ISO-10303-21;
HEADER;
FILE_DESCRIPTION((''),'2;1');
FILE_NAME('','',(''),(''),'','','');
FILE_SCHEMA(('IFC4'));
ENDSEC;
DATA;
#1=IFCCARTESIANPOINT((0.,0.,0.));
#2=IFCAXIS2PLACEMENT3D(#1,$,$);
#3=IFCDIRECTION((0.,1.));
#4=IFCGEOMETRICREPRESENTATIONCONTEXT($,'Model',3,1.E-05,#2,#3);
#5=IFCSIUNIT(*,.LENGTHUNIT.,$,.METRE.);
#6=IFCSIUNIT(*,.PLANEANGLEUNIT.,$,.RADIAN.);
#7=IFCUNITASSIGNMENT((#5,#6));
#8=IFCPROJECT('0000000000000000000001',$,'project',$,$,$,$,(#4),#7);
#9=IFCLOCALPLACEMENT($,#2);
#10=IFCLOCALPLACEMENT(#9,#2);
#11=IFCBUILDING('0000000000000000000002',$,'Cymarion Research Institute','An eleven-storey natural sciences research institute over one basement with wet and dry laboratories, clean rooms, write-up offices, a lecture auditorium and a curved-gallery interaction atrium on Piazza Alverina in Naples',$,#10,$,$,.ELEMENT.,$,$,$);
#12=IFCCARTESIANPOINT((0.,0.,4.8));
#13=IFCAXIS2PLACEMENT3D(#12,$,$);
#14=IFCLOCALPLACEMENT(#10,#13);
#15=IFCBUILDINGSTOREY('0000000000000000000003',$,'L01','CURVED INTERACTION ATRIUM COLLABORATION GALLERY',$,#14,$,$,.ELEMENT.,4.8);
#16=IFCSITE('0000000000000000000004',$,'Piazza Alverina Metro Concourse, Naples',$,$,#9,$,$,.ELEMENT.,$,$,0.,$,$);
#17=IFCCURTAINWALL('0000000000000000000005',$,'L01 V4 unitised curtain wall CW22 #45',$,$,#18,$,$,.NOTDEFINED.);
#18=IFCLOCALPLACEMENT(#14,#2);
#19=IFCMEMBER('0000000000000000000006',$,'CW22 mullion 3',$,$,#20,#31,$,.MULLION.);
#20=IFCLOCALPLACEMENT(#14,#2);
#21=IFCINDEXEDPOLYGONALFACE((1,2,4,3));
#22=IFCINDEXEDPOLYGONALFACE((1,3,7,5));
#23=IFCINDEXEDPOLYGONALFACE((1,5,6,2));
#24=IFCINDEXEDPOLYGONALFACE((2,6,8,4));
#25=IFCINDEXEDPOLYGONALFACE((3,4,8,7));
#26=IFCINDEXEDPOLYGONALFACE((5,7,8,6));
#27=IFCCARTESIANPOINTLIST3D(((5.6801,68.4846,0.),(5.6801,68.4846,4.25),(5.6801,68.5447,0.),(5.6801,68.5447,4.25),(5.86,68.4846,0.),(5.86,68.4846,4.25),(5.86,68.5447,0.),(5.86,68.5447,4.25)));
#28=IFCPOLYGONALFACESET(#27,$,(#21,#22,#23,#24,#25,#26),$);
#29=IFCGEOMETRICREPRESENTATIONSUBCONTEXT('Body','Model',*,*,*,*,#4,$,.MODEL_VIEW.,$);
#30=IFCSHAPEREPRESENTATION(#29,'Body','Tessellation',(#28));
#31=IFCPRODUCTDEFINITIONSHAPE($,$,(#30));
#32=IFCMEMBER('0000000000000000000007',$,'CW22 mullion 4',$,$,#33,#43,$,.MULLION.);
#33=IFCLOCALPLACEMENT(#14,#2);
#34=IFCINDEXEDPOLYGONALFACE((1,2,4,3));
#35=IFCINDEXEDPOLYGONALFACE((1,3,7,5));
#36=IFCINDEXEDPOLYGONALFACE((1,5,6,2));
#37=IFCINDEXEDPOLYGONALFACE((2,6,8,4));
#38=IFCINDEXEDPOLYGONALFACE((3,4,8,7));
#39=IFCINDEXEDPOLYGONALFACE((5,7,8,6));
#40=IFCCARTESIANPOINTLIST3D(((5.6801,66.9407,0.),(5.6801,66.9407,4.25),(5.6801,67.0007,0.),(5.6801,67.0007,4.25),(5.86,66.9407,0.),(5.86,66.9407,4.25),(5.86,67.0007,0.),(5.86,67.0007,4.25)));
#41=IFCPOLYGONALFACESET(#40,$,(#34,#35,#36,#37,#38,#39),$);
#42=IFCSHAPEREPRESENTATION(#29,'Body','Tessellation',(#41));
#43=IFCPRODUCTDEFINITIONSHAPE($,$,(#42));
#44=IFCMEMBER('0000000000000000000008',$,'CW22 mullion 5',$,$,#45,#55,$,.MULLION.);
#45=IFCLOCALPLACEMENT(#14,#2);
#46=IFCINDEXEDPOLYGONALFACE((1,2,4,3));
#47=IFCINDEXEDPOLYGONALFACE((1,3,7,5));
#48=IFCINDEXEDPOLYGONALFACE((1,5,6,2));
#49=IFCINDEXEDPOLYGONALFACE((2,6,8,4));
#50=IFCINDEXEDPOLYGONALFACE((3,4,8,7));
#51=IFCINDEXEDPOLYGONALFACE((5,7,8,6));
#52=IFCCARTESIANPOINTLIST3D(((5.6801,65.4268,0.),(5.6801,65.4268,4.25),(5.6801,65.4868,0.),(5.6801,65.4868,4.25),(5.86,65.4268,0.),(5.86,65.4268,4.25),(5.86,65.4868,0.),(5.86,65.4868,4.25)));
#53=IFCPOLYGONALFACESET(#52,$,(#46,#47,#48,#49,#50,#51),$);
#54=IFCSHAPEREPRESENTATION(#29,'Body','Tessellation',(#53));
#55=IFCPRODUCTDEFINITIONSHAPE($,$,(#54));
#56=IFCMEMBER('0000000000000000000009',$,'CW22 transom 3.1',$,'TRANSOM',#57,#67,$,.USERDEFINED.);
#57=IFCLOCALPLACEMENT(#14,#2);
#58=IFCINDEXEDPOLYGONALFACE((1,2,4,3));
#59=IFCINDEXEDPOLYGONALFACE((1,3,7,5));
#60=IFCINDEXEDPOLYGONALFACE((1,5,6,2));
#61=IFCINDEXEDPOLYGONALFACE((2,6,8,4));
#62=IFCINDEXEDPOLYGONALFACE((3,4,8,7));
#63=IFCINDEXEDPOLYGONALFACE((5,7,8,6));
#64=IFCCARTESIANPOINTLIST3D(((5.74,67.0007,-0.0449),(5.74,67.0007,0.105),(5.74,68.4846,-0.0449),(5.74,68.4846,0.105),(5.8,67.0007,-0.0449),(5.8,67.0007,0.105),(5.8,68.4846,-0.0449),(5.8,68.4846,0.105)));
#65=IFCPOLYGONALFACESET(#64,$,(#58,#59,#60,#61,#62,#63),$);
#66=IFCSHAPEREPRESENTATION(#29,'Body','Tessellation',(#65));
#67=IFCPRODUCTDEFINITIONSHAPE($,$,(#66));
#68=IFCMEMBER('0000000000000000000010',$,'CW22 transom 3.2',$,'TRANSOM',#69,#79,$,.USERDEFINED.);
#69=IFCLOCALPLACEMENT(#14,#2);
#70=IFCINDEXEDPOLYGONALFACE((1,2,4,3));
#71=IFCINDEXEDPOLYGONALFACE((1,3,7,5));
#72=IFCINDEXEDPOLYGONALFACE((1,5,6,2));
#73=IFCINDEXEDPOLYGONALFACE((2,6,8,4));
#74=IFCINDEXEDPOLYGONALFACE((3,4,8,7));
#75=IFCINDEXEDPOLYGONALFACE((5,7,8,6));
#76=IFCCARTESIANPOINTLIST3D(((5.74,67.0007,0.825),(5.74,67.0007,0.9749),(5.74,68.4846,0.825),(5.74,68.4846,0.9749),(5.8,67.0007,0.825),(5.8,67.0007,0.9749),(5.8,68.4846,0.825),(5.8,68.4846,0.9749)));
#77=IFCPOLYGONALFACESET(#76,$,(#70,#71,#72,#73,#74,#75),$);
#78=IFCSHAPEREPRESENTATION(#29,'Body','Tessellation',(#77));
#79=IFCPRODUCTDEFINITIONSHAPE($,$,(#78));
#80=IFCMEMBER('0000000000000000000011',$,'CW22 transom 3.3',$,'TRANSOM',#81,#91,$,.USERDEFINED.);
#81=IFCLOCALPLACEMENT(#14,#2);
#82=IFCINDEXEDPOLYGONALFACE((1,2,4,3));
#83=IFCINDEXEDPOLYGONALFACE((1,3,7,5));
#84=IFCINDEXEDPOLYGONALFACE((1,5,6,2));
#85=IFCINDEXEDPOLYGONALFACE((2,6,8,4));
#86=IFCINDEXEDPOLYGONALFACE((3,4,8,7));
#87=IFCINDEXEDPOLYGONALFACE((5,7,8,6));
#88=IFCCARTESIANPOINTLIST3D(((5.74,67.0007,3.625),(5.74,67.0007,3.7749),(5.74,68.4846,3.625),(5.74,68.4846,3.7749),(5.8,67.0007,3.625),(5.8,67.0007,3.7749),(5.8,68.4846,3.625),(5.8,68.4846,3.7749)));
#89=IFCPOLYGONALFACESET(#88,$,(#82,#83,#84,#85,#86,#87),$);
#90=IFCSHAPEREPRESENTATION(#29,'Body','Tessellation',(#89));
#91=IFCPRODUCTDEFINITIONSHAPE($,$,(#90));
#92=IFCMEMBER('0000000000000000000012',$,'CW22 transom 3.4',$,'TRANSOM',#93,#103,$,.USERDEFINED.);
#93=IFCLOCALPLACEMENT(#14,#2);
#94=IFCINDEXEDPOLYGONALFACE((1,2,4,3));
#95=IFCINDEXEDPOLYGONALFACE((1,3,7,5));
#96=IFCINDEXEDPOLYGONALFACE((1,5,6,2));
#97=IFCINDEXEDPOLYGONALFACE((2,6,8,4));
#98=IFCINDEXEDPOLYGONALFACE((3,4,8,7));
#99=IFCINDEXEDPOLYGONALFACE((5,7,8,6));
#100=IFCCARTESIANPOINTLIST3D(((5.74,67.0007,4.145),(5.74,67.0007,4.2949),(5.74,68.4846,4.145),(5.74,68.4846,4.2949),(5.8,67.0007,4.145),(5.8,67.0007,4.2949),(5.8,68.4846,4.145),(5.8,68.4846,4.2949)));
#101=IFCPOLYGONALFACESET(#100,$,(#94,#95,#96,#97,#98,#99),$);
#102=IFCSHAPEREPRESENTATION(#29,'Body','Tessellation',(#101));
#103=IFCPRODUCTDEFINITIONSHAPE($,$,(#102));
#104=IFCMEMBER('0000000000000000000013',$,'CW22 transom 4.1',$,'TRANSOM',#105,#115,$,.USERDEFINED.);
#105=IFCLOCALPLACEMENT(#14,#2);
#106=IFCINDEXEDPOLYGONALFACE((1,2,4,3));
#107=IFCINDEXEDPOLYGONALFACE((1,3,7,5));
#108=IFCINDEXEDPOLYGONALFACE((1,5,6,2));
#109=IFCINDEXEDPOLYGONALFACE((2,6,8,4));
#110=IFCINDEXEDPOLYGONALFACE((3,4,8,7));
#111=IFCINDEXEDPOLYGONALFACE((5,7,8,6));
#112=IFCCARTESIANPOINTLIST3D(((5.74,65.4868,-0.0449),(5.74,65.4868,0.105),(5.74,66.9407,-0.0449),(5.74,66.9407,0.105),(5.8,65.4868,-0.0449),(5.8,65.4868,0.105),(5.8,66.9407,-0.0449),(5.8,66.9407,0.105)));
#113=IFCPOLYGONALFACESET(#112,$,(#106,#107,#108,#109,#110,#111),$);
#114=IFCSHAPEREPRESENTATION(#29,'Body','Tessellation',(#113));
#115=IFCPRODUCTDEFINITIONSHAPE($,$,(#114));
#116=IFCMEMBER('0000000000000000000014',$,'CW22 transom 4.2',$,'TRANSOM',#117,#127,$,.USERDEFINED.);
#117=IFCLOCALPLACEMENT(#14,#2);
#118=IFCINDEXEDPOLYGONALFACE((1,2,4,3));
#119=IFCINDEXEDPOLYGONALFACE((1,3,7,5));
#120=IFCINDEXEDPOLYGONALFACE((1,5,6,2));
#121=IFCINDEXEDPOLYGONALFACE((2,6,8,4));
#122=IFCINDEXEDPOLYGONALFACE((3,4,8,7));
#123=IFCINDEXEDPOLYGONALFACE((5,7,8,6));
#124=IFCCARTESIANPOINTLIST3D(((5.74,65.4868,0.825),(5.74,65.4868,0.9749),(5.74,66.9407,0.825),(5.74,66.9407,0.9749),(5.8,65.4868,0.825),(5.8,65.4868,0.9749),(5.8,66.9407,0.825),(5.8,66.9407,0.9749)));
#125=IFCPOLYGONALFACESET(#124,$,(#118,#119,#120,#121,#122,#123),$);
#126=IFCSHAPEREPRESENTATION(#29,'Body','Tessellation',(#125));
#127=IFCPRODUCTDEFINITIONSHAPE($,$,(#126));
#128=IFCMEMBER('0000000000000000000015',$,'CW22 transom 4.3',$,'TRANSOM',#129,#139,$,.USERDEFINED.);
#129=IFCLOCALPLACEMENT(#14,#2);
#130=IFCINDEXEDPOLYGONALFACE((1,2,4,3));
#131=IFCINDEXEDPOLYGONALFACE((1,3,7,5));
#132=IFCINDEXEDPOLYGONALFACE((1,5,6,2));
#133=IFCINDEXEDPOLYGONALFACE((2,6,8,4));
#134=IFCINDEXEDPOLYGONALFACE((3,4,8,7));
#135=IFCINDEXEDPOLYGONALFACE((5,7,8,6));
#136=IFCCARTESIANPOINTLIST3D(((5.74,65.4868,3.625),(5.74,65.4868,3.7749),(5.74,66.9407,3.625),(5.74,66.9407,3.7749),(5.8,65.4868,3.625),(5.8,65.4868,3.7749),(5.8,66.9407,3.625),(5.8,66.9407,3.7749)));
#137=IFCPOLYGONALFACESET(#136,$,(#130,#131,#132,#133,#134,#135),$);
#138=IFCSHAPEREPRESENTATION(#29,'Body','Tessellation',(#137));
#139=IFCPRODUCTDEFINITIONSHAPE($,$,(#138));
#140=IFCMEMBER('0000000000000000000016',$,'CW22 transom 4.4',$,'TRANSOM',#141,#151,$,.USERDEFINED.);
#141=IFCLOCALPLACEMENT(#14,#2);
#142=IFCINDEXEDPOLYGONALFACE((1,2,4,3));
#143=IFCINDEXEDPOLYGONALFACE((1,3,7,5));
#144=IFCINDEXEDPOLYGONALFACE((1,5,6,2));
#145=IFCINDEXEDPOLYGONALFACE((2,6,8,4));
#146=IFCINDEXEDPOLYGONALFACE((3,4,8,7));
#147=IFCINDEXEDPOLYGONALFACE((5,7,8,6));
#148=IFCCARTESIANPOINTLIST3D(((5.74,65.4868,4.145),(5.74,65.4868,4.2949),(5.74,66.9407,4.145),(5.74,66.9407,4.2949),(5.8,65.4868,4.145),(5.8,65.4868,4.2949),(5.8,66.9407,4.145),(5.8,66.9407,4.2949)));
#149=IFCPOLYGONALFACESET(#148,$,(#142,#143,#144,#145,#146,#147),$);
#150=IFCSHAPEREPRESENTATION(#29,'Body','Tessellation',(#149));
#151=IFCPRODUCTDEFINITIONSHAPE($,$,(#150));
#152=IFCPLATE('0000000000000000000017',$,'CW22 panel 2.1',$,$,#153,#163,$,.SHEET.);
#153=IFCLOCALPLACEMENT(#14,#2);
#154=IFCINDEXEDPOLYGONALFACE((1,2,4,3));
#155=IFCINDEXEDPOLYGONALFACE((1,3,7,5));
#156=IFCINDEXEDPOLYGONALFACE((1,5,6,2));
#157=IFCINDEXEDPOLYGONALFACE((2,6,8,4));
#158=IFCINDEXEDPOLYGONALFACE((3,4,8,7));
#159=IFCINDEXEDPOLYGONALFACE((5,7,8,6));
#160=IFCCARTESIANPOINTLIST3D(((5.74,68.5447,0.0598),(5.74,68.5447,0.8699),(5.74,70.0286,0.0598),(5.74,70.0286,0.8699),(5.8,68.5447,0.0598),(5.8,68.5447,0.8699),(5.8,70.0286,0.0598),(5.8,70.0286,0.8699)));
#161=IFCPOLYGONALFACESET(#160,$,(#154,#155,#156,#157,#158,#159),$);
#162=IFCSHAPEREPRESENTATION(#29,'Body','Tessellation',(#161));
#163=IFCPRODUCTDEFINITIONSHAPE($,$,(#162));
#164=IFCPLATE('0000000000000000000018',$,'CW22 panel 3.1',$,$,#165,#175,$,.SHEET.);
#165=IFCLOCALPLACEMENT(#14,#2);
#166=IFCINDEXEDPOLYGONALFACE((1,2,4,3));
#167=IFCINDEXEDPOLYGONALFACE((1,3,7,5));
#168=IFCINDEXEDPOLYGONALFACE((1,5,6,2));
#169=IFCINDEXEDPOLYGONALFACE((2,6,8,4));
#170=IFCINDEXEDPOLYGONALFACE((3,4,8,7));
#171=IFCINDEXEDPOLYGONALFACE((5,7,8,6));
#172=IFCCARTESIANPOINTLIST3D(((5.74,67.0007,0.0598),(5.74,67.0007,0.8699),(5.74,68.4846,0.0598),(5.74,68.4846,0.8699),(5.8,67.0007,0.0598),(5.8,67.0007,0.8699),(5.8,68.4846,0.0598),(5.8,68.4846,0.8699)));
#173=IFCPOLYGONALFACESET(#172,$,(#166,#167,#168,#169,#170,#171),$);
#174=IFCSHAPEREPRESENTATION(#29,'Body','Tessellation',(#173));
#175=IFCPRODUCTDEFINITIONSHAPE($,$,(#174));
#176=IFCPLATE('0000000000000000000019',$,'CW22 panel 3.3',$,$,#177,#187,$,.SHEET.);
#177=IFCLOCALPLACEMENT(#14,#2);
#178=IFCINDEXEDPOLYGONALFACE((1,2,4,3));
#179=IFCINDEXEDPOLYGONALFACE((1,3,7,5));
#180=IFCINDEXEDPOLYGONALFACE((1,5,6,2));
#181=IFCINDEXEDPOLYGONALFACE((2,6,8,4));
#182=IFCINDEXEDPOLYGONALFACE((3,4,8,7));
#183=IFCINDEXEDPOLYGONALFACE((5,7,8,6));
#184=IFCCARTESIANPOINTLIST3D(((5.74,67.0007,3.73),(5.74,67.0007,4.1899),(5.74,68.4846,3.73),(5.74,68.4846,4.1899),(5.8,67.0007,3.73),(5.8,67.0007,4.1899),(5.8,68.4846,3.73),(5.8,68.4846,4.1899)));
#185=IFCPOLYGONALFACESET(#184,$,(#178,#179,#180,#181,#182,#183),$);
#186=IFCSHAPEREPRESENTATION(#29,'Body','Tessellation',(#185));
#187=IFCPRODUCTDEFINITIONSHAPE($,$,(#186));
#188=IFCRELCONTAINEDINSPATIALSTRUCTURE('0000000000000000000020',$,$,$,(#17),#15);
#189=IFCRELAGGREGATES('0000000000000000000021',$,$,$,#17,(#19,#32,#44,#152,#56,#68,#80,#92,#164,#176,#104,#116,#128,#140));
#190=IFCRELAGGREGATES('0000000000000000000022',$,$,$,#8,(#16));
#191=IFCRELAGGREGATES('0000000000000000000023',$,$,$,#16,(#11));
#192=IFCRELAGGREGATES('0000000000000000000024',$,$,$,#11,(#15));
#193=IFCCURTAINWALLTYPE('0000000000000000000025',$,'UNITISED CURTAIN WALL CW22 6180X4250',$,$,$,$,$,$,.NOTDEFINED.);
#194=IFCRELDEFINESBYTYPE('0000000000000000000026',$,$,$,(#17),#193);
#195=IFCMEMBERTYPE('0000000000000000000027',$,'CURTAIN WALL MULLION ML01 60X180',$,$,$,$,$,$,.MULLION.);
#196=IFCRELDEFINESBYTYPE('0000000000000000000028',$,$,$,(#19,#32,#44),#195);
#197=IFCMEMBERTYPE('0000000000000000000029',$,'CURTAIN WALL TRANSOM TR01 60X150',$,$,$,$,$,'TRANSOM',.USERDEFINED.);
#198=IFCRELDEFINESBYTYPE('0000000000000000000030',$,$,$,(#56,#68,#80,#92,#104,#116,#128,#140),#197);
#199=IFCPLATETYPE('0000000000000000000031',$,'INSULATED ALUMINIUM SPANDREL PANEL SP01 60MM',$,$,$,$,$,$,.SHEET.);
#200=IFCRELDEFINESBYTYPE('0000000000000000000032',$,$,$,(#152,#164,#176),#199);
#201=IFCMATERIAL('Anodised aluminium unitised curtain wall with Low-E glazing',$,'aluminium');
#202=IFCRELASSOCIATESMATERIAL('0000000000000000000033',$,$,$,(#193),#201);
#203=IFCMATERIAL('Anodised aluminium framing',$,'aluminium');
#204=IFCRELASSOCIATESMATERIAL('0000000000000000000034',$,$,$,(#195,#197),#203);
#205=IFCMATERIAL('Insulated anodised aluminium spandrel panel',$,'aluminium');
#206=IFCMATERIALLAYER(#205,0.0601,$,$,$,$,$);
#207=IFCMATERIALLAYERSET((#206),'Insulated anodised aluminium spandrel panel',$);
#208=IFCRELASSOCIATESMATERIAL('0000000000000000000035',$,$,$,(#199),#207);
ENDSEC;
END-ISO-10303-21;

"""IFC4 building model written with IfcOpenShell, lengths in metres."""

from ifc_helpers import new_model, si_unit, direction, frame, origin, origin_2d, place, context, subcontext, project, spatial, rectangle, extrude, material, layer, layer_set, material_profile, profile_set, type_object, element, aggregate, save


model = new_model("IFC4")

# Units and contexts
model_context = context("Model", 3, precision=1e-05, world=origin(), true_north=direction((0.0, 1.0)))
body_context = subcontext(model_context, "Body", "Model", "MODEL_VIEW")
ifc_project = project(units=[si_unit("LENGTHUNIT", "METRE"), si_unit("PLANEANGLEUNIT", "RADIAN")], contexts=[model_context])

# Site, building, storey
site_placement = place(None, origin())
site = spatial("IfcSite", under=ifc_project, at=site_placement, Name="Piazza Alverina Metro Concourse, Naples", CompositionType="ELEMENT", RefElevation=0.0)
building_placement = place(site_placement, origin())
building = spatial("IfcBuilding", under=site, at=building_placement, Name="Cymarion Research Institute", Description="An eleven-storey natural sciences research institute over one basement with wet and dry laboratories, clean rooms, write-up offices, a lecture auditorium and a curved-gallery interaction atrium on Piazza Alverina in Naples", CompositionType="ELEMENT")
storey_placement = place(building_placement, frame((0.0, 0.0, 4.8)))
storey = spatial("IfcBuildingStorey", under=building, at=storey_placement, Name="L01", Description="CURVED INTERACTION ATRIUM COLLABORATION GALLERY", CompositionType="ELEMENT", Elevation=4.8)

# Curtain wall, members, plates
ifc_material_1 = material(Name="Anodised aluminium unitised curtain wall with Low-E glazing", Category="aluminium")
curtain_wall_type = type_object("IfcCurtainWallType", Name="UNITISED CURTAIN WALL CW22 6180X4250", PredefinedType="NOTDEFINED", material=ifc_material_1)
curtain_wall_placement = place(storey_placement, origin())
curtain_wall = element("IfcCurtainWall", 1, at=curtain_wall_placement, inside=storey, type_object=curtain_wall_type, Name="L01 V4 unitised curtain wall CW22 #45", PredefinedType="NOTDEFINED")
ifc_material_2 = material(Name="Anodised aluminium framing", Category="aluminium")
ifc_material_profile_1 = material_profile(ifc_material_2, rectangle(XDim=0.0601, YDim=0.1799, at=origin_2d()), Name="ALU MULLION 60x180")
ifc_profile_set_1 = profile_set([ifc_material_profile_1], Name="Anodised aluminium framing")
member_type_1 = type_object("IfcMemberType", Name="CURTAIN WALL MULLION ML01 60X180", PredefinedType="MULLION", material=ifc_profile_set_1)
member_1_placement = place(storey_placement, frame((5.77, 68.5146, 0.0), z_axis=(0.0, 0.0, 1.0), x_axis=(0.0, -1.0, 0.0)))
member_1 = element("IfcMember", 2, at=member_1_placement, type_object=member_type_1, Name="CW22 mullion 3", PredefinedType="MULLION", context=body_context, shape_type="SweptSolid", body=[
    extrude(rectangle(XDim=0.0601, YDim=0.1799, at=origin_2d()), origin(), (0.0, 0.0, 1.0), 4.25),
])
member_2_placement = place(storey_placement, frame((5.77, 66.9707, 0.0), z_axis=(0.0, 0.0, 1.0), x_axis=(0.0, -1.0, 0.0)))
member_2 = element("IfcMember", 3, at=member_2_placement, type_object=member_type_1, Name="CW22 mullion 4", PredefinedType="MULLION", context=body_context, shape_type="SweptSolid", body=[
    extrude(rectangle(XDim=0.0601, YDim=0.1799, at=origin_2d()), origin(), (0.0, 0.0, 1.0), 4.25),
])
member_3_placement = place(storey_placement, frame((5.77, 65.4568, 0.0), z_axis=(0.0, 0.0, 1.0), x_axis=(0.0, -1.0, 0.0)))
member_3 = element("IfcMember", 4, at=member_3_placement, type_object=member_type_1, Name="CW22 mullion 5", PredefinedType="MULLION", context=body_context, shape_type="SweptSolid", body=[
    extrude(rectangle(XDim=0.0601, YDim=0.1799, at=origin_2d()), origin(), (0.0, 0.0, 1.0), 4.25),
])
ifc_material_profile_2 = material_profile(ifc_material_2, rectangle(XDim=0.0601, YDim=0.1499, at=origin_2d()), Name="ALU TRANSOM 60x150")
ifc_profile_set_2 = profile_set([ifc_material_profile_2], Name="Anodised aluminium framing")
member_type_2 = type_object("IfcMemberType", Name="CURTAIN WALL TRANSOM TR01 60X150", ElementType="TRANSOM", PredefinedType="USERDEFINED", material=ifc_profile_set_2)
member_4_placement = place(storey_placement, frame((5.77, 68.4846, 0.03), z_axis=(0.0, -1.0, 0.0), x_axis=(1.0, 0.0, 0.0)))
member_4 = element("IfcMember", 5, at=member_4_placement, type_object=member_type_2, Name="CW22 transom 3.1", ObjectType="TRANSOM", PredefinedType="USERDEFINED", context=body_context, shape_type="SweptSolid", body=[
    extrude(rectangle(XDim=0.0601, YDim=0.1499, at=origin_2d()), origin(), (0.0, 0.0, 1.0), 1.4839),
])
member_5_placement = place(storey_placement, frame((5.77, 68.4846, 0.8999), z_axis=(0.0, -1.0, 0.0), x_axis=(1.0, 0.0, 0.0)))
member_5 = element("IfcMember", 6, at=member_5_placement, type_object=member_type_2, Name="CW22 transom 3.2", ObjectType="TRANSOM", PredefinedType="USERDEFINED", context=body_context, shape_type="SweptSolid", body=[
    extrude(rectangle(XDim=0.0601, YDim=0.1499, at=origin_2d()), origin(), (0.0, 0.0, 1.0), 1.4839),
])
member_6_placement = place(storey_placement, frame((5.77, 68.4846, 3.7), z_axis=(0.0, -1.0, 0.0), x_axis=(1.0, 0.0, 0.0)))
member_6 = element("IfcMember", 7, at=member_6_placement, type_object=member_type_2, Name="CW22 transom 3.3", ObjectType="TRANSOM", PredefinedType="USERDEFINED", context=body_context, shape_type="SweptSolid", body=[
    extrude(rectangle(XDim=0.0601, YDim=0.1499, at=origin_2d()), origin(), (0.0, 0.0, 1.0), 1.4839),
])
member_7_placement = place(storey_placement, frame((5.77, 68.4846, 4.22), z_axis=(0.0, -1.0, 0.0), x_axis=(1.0, 0.0, 0.0)))
member_7 = element("IfcMember", 8, at=member_7_placement, type_object=member_type_2, Name="CW22 transom 3.4", ObjectType="TRANSOM", PredefinedType="USERDEFINED", context=body_context, shape_type="SweptSolid", body=[
    extrude(rectangle(XDim=0.0601, YDim=0.1499, at=origin_2d()), origin(), (0.0, 0.0, 1.0), 1.4839),
])
member_8_placement = place(storey_placement, frame((5.77, 66.9407, 0.03), z_axis=(0.0, -1.0, 0.0), x_axis=(1.0, 0.0, 0.0)))
member_8 = element("IfcMember", 9, at=member_8_placement, type_object=member_type_2, Name="CW22 transom 4.1", ObjectType="TRANSOM", PredefinedType="USERDEFINED", context=body_context, shape_type="SweptSolid", body=[
    extrude(rectangle(XDim=0.0601, YDim=0.1499, at=origin_2d()), origin(), (0.0, 0.0, 1.0), 1.4539),
])
member_9_placement = place(storey_placement, frame((5.77, 66.9407, 0.8999), z_axis=(0.0, -1.0, 0.0), x_axis=(1.0, 0.0, 0.0)))
member_9 = element("IfcMember", 10, at=member_9_placement, type_object=member_type_2, Name="CW22 transom 4.2", ObjectType="TRANSOM", PredefinedType="USERDEFINED", context=body_context, shape_type="SweptSolid", body=[
    extrude(rectangle(XDim=0.0601, YDim=0.1499, at=origin_2d()), origin(), (0.0, 0.0, 1.0), 1.4539),
])
member_10_placement = place(storey_placement, frame((5.77, 66.9407, 3.7), z_axis=(0.0, -1.0, 0.0), x_axis=(1.0, 0.0, 0.0)))
member_10 = element("IfcMember", 11, at=member_10_placement, type_object=member_type_2, Name="CW22 transom 4.3", ObjectType="TRANSOM", PredefinedType="USERDEFINED", context=body_context, shape_type="SweptSolid", body=[
    extrude(rectangle(XDim=0.0601, YDim=0.1499, at=origin_2d()), origin(), (0.0, 0.0, 1.0), 1.4539),
])
member_11_placement = place(storey_placement, frame((5.77, 66.9407, 4.22), z_axis=(0.0, -1.0, 0.0), x_axis=(1.0, 0.0, 0.0)))
member_11 = element("IfcMember", 12, at=member_11_placement, type_object=member_type_2, Name="CW22 transom 4.4", ObjectType="TRANSOM", PredefinedType="USERDEFINED", context=body_context, shape_type="SweptSolid", body=[
    extrude(rectangle(XDim=0.0601, YDim=0.1499, at=origin_2d()), origin(), (0.0, 0.0, 1.0), 1.4539),
])
ifc_material_3 = material(Name="Insulated anodised aluminium spandrel panel", Category="aluminium")
ifc_layer_1 = layer(ifc_material_3, 0.0601)
ifc_layer_set_1 = layer_set([ifc_layer_1], Name="Insulated anodised aluminium spandrel panel")
plate_type_1 = type_object("IfcPlateType", Name="INSULATED ALUMINIUM SPANDREL PANEL SP01 60MM", PredefinedType="SHEET", material=ifc_layer_set_1)
plate_1_placement = place(storey_placement, frame((5.77, 69.2866, 0.0598), z_axis=(0.0, 0.0, 1.0), x_axis=(0.0, -1.0, 0.0)))
plate_1 = element("IfcPlate", 13, at=plate_1_placement, type_object=plate_type_1, Name="CW22 panel 2.1", PredefinedType="SHEET", context=body_context, shape_type="SweptSolid", body=[
    extrude(rectangle(XDim=1.4839, YDim=0.0601, at=origin_2d()), origin(), (0.0, 0.0, 1.0), 0.8101),
])
plate_2_placement = place(storey_placement, frame((5.77, 67.7427, 0.0598), z_axis=(0.0, 0.0, 1.0), x_axis=(0.0, -1.0, 0.0)))
plate_2 = element("IfcPlate", 14, at=plate_2_placement, type_object=plate_type_1, Name="CW22 panel 3.1", PredefinedType="SHEET", context=body_context, shape_type="SweptSolid", body=[
    extrude(rectangle(XDim=1.4839, YDim=0.0601, at=origin_2d()), origin(), (0.0, 0.0, 1.0), 0.8101),
])
plate_3_placement = place(storey_placement, frame((5.77, 67.7427, 3.73), z_axis=(0.0, 0.0, 1.0), x_axis=(0.0, -1.0, 0.0)))
plate_3 = element("IfcPlate", 15, at=plate_3_placement, type_object=plate_type_1, Name="CW22 panel 3.3", PredefinedType="SHEET", context=body_context, shape_type="SweptSolid", body=[
    extrude(rectangle(XDim=1.4839, YDim=0.0601, at=origin_2d()), origin(), (0.0, 0.0, 1.0), 0.46),
])
aggregate(curtain_wall, [member_1, member_2, member_3, plate_1, member_4, member_5, member_6, member_7, plate_2, plate_3, member_8, member_9, member_10, member_11])

save(model, "model.ifc")
